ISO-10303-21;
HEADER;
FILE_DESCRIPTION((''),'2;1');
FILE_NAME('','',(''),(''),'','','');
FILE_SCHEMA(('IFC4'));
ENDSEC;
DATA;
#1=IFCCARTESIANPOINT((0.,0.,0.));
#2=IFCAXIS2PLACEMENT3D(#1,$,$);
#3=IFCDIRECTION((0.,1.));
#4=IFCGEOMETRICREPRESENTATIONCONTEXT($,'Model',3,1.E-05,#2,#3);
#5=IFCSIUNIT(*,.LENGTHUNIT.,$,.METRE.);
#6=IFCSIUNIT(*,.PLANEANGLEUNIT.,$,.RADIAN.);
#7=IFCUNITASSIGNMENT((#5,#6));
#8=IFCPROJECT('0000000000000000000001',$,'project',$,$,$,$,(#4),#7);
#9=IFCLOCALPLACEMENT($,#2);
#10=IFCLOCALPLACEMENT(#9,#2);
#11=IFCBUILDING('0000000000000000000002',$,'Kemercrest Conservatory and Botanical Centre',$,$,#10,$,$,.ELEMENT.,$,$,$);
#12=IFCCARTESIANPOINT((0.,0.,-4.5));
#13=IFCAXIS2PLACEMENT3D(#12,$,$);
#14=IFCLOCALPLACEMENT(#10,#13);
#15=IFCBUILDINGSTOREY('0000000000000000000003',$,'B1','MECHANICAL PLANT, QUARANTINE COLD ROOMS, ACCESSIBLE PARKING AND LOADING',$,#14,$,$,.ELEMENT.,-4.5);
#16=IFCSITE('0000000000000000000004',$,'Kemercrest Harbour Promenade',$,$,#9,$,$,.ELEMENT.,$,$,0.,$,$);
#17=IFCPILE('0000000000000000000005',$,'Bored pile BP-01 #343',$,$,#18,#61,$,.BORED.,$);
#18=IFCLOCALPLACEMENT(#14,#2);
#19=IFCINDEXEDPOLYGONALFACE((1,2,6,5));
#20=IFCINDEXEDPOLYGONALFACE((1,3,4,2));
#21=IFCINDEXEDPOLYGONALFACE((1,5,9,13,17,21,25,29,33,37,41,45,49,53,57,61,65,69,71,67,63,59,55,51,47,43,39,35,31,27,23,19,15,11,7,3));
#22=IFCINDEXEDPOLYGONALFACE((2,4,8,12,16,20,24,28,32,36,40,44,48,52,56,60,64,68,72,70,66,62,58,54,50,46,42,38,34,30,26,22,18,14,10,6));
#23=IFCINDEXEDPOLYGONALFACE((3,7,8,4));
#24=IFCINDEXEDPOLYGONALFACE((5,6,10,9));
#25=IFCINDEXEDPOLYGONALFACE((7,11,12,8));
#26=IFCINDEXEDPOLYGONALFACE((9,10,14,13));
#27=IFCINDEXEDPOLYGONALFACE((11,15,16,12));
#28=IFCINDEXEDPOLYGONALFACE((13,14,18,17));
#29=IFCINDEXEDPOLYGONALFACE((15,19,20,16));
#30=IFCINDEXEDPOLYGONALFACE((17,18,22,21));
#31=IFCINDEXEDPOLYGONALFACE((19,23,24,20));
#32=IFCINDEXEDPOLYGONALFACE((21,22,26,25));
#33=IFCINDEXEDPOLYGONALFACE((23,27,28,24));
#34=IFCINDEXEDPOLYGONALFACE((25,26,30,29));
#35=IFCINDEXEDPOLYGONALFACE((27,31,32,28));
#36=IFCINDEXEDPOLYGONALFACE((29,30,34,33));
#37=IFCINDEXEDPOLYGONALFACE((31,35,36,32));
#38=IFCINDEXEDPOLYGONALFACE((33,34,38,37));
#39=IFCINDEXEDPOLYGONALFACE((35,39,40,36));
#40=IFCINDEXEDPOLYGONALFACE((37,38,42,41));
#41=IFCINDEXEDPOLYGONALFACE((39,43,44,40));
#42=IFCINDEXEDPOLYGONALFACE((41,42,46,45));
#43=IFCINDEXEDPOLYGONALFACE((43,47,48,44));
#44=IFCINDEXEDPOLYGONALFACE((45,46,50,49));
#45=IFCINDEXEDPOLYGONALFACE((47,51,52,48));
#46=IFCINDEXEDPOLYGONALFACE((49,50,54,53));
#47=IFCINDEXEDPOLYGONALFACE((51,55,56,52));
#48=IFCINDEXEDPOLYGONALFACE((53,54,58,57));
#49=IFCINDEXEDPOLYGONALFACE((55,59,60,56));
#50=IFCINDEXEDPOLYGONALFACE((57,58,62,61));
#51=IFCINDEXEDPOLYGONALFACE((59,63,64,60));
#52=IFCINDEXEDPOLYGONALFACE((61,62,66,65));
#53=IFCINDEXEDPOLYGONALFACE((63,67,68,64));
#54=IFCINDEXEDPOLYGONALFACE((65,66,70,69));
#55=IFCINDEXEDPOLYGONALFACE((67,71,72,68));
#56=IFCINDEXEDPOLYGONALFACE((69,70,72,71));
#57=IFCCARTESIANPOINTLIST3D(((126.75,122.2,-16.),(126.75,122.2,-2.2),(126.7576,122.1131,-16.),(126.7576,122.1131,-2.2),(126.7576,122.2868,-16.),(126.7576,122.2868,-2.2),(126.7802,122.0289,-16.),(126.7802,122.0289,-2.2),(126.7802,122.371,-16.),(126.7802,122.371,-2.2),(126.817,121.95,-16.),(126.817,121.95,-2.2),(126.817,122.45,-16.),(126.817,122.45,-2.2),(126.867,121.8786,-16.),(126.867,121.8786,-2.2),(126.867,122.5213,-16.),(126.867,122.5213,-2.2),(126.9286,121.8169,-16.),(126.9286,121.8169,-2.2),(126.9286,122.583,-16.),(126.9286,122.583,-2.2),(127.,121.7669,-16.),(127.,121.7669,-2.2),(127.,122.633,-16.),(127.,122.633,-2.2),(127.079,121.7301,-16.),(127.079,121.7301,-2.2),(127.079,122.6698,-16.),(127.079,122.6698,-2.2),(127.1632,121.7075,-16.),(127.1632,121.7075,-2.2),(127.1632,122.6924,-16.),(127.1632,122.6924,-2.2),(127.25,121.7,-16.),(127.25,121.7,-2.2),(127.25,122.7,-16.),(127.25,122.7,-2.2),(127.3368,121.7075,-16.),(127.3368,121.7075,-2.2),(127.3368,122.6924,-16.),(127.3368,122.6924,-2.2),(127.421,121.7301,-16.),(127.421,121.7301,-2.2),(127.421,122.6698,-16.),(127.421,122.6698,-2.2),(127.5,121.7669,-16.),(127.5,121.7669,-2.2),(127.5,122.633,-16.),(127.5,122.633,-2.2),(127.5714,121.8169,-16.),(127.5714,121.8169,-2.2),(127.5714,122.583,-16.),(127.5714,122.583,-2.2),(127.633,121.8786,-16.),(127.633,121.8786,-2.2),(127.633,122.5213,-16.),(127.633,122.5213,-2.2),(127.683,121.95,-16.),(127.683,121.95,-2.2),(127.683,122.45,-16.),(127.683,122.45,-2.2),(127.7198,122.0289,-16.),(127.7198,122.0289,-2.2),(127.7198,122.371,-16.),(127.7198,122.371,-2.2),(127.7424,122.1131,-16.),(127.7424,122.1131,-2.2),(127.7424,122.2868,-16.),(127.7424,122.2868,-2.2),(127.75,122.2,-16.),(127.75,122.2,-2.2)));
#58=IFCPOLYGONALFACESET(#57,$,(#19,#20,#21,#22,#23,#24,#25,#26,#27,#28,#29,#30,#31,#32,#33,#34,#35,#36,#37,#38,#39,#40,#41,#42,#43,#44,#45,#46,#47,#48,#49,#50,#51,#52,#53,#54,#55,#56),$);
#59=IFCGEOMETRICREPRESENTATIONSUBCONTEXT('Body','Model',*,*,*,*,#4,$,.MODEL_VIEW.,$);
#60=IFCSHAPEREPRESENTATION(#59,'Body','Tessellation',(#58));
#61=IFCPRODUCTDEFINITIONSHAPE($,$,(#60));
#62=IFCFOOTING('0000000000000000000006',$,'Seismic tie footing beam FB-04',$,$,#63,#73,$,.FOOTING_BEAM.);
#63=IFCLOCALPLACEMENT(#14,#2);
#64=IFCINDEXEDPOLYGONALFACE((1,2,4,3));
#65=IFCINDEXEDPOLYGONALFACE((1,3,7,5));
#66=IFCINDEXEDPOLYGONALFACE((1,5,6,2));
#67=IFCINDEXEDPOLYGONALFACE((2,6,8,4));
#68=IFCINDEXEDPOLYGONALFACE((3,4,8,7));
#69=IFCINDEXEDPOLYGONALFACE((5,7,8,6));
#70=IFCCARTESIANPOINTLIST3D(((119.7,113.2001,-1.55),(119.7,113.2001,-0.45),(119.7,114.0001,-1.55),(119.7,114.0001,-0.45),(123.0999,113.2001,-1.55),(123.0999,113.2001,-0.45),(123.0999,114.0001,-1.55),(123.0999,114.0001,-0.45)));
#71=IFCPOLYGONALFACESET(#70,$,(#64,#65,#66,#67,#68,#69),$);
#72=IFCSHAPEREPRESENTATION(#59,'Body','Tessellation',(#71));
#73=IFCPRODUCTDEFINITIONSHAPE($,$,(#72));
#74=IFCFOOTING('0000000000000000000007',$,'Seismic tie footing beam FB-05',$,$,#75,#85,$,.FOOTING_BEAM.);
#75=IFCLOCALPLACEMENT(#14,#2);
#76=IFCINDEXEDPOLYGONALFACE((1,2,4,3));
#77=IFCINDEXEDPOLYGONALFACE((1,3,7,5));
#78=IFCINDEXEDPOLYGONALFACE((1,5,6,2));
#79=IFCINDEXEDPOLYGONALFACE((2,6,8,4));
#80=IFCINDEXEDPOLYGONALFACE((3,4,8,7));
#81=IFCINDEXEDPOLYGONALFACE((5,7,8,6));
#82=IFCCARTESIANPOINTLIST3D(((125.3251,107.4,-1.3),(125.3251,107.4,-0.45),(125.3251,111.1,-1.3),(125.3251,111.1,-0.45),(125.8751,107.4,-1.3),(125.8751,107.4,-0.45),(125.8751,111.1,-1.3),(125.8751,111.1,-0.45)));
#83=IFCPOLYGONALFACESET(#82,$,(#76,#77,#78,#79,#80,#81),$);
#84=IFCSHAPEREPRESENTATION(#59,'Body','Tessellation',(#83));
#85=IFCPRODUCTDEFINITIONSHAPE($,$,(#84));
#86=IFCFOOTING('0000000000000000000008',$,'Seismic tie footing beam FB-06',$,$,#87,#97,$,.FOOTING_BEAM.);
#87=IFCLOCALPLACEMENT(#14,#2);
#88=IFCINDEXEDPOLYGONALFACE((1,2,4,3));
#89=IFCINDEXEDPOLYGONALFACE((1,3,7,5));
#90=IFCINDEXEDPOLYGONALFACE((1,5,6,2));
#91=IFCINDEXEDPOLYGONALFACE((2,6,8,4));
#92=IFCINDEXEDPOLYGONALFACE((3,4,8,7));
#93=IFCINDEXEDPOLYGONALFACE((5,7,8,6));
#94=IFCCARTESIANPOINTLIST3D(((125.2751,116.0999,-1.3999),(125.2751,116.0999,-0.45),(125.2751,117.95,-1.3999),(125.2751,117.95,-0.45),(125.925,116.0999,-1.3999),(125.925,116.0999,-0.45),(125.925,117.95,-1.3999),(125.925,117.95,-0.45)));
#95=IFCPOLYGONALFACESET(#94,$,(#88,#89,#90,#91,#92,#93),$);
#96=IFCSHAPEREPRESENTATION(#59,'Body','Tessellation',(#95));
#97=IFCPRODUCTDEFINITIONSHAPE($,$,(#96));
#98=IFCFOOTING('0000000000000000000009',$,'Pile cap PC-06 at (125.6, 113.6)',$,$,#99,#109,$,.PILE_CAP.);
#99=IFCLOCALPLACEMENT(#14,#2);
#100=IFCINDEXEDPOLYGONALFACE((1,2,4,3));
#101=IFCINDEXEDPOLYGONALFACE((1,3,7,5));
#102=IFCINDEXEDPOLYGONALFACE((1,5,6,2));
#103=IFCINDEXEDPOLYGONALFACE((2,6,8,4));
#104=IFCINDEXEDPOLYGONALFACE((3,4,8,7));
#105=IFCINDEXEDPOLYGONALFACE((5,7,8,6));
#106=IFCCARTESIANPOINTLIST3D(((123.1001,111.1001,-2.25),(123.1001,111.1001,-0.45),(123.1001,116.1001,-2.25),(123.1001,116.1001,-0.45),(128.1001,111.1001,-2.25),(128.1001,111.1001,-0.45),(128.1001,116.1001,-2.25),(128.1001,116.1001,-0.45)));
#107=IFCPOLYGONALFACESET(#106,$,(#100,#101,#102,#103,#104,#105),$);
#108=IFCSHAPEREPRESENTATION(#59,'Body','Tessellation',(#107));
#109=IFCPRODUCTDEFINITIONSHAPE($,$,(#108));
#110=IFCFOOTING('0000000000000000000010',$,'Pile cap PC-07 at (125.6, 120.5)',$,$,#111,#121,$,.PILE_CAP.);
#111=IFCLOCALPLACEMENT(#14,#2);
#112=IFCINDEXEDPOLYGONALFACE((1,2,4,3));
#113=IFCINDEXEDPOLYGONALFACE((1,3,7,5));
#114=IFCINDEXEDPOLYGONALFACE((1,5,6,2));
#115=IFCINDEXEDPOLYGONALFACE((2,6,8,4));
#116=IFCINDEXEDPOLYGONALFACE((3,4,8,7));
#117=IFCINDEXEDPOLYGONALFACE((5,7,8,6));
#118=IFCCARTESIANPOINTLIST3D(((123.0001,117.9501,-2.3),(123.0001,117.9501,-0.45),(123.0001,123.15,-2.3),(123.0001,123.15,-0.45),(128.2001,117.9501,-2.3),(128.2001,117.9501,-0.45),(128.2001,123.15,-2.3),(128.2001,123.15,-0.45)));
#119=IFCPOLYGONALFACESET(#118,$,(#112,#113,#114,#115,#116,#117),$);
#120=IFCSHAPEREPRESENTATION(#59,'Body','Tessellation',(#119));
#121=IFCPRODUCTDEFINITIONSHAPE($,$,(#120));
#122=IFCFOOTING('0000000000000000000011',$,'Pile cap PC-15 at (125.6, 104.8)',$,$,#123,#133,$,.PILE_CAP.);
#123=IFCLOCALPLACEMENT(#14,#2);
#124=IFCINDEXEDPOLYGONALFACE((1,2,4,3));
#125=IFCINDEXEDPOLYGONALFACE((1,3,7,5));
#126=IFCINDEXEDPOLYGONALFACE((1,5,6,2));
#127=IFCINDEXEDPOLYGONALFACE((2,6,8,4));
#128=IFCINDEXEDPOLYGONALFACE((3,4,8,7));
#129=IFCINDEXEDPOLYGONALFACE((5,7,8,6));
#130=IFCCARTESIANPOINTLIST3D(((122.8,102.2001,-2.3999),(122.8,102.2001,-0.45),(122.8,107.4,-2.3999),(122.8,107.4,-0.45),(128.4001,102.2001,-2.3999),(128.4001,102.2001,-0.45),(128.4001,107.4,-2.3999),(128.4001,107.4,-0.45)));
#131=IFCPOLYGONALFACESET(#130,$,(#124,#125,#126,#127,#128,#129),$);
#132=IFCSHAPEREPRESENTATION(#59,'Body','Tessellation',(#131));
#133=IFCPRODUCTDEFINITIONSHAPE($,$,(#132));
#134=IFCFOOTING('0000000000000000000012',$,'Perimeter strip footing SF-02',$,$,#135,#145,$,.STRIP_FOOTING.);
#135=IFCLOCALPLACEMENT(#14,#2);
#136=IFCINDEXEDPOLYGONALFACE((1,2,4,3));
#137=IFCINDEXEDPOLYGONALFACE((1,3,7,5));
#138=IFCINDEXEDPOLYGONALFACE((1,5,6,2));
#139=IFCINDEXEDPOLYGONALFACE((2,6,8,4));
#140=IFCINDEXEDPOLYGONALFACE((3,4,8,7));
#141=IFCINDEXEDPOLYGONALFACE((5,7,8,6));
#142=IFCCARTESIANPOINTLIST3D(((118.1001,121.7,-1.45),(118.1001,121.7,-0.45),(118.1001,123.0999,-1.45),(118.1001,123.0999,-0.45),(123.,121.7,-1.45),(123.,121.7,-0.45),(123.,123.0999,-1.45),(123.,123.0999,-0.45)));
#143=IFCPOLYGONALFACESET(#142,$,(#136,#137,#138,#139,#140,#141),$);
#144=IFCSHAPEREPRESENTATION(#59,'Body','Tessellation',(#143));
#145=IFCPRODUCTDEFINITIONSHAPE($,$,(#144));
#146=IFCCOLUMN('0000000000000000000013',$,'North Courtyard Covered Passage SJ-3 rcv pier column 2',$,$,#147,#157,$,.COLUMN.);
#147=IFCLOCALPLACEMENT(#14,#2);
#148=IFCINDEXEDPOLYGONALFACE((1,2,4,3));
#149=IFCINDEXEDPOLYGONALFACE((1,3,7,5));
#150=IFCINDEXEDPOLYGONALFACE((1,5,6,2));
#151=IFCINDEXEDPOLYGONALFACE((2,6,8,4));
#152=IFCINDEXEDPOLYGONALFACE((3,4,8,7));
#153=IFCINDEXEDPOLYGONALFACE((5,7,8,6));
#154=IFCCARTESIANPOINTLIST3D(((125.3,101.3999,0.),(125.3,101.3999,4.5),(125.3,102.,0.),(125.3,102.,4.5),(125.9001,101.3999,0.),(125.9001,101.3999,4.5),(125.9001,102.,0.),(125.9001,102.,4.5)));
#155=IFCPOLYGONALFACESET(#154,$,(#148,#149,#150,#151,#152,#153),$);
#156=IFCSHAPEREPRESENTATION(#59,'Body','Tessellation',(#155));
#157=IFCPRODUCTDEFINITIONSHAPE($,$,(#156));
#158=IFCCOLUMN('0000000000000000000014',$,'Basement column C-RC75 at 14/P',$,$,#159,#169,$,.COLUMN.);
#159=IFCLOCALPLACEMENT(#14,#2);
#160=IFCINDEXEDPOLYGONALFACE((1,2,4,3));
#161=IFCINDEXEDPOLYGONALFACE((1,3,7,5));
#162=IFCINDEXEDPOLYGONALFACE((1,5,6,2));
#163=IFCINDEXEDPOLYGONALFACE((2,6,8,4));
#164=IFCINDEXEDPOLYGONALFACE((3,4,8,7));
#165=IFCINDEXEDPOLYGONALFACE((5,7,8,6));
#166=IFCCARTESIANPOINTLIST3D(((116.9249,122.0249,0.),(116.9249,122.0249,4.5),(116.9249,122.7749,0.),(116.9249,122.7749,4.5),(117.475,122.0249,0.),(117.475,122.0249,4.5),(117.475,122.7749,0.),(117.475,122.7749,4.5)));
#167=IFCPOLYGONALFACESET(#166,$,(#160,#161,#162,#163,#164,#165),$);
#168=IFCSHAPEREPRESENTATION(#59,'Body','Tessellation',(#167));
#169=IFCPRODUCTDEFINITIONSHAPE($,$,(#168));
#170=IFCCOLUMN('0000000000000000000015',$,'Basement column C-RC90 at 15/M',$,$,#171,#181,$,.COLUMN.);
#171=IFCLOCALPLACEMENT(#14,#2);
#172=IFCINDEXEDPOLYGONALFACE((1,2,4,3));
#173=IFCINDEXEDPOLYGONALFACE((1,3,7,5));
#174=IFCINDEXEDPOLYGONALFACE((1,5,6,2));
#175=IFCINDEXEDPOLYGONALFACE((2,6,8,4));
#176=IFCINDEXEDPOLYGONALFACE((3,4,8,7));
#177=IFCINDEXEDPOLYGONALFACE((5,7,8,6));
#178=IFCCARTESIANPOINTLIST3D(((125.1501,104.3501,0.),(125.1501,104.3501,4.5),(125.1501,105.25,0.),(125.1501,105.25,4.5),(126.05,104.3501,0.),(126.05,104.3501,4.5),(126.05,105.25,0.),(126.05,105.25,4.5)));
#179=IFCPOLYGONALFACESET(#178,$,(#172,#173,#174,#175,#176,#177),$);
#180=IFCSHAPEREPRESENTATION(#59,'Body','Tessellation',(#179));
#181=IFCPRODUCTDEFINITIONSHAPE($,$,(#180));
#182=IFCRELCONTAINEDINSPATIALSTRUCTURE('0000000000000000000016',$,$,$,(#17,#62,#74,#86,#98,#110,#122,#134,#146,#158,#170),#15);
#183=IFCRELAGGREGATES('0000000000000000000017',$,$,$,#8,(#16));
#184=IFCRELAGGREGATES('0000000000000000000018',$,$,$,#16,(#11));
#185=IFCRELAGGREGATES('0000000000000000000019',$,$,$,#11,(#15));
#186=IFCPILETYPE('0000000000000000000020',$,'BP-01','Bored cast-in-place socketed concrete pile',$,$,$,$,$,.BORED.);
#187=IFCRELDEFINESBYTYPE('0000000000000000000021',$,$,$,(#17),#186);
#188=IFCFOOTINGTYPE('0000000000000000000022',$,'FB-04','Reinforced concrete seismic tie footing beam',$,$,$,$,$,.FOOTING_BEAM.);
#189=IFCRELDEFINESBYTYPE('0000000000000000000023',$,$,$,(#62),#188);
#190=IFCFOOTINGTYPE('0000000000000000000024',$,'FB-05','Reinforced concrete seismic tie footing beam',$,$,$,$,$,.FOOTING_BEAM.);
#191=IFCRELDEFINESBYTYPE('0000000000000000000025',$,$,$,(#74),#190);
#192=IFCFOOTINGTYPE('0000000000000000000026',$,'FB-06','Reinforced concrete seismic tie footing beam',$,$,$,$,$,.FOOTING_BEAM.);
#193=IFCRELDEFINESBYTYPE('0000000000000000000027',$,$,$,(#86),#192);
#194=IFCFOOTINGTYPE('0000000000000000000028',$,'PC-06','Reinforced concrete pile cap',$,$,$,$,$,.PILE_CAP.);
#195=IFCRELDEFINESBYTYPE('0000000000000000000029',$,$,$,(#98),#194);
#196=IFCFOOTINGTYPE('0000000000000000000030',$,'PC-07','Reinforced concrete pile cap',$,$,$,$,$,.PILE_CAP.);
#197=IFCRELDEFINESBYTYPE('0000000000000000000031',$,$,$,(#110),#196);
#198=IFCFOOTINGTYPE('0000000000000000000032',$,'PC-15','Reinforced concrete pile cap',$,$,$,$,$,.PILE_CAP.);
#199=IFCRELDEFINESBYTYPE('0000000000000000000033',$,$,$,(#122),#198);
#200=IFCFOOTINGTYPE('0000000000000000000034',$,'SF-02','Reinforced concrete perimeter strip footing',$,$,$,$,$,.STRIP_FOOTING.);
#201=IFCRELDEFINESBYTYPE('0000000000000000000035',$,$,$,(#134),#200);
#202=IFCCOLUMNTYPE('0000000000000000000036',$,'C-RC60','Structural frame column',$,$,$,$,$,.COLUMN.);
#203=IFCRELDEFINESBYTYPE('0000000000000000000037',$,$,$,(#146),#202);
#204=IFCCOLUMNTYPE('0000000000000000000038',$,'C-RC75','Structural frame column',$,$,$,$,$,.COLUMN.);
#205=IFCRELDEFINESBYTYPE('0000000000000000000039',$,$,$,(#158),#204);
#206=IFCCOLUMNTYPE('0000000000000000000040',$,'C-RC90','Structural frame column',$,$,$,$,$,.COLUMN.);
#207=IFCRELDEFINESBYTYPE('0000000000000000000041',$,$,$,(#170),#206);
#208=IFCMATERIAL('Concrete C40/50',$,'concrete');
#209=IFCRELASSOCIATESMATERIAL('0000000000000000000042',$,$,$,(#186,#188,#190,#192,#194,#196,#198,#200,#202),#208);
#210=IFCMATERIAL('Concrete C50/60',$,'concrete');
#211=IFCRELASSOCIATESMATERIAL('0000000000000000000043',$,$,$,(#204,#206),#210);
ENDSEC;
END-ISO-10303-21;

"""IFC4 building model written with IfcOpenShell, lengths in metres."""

from ifc_helpers import new_model, si_unit, direction, frame, origin, origin_2d, place, context, subcontext, project, spatial, rectangle, circle, extrude, material, material_profile, profile_set, type_object, element, save


model = new_model("IFC4")

# Units and contexts
model_context = context("Model", 3, precision=1e-05, world=origin(), true_north=direction((0.0, 1.0)))
body_context = subcontext(model_context, "Body", "Model", "MODEL_VIEW")
ifc_project = project(units=[si_unit("LENGTHUNIT", "METRE"), si_unit("PLANEANGLEUNIT", "RADIAN")], contexts=[model_context])

# Site, building, storey
site_placement = place(None, origin())
site = spatial("IfcSite", under=ifc_project, at=site_placement, Name="Kemercrest Harbour Promenade", CompositionType="ELEMENT", RefElevation=0.0)
building_placement = place(site_placement, origin())
building = spatial("IfcBuilding", under=site, at=building_placement, Name="Kemercrest Conservatory and Botanical Centre", CompositionType="ELEMENT")
storey_placement = place(building_placement, frame((0.0, 0.0, -4.5)))
storey = spatial("IfcBuildingStorey", under=building, at=storey_placement, Name="B1", Description="MECHANICAL PLANT, QUARANTINE COLD ROOMS, ACCESSIBLE PARKING AND LOADING", CompositionType="ELEMENT", Elevation=-4.5)

# Pile
ifc_material_1 = material(Name="Concrete C40/50", Category="concrete")
ifc_material_profile_1 = material_profile(ifc_material_1, circle(Radius=0.5, at=origin_2d()), Name="BORED PILE 1000")
ifc_profile_set_1 = profile_set([ifc_material_profile_1], Name="Concrete C40/50")
pile_type = type_object("IfcPileType", Name="BP-01", Description="Bored cast-in-place socketed concrete pile", PredefinedType="BORED", material=ifc_profile_set_1)
for number, where, z_axis, x_axis, name in (
    (1, (127.25, 122.2, -2.2), (0.0, 0.0, -1.0), (1.0, 0.0, 0.0), "Bored pile BP-01 #343"),
):
    element("IfcPile", number, at=place(storey_placement, frame(where, z_axis=z_axis, x_axis=x_axis)), inside=storey, type_object=pile_type, Name=name, PredefinedType="BORED", context=body_context, shape_type="SweptSolid", body=[
        extrude(circle(Radius=0.5, at=origin_2d()), origin(), (0.0, 0.0, 1.0), 13.8),
    ])

# Footings
footing_type_1 = type_object("IfcFootingType", Name="FB-04", Description="Reinforced concrete seismic tie footing beam", PredefinedType="FOOTING_BEAM", material=ifc_material_1)
footing_1_placement = place(storey_placement, frame((121.3999, 113.6001, -1.55), z_axis=(0.0, 0.0, 1.0), x_axis=(1.0, 0.0, 0.0)))
element("IfcFooting", 2, at=footing_1_placement, inside=storey, type_object=footing_type_1, Name="Seismic tie footing beam FB-04", PredefinedType="FOOTING_BEAM", context=body_context, shape_type="SweptSolid", body=[
    extrude(rectangle(XDim=3.3999, YDim=0.8, at=origin_2d()), origin(), (0.0, 0.0, 1.0), 1.1001),
])
footing_type_2 = type_object("IfcFootingType", Name="FB-05", Description="Reinforced concrete seismic tie footing beam", PredefinedType="FOOTING_BEAM", material=ifc_material_1)
footing_2_placement = place(storey_placement, frame((125.6001, 109.25, -1.3), z_axis=(0.0, 0.0, 1.0), x_axis=(1.0, 0.0, 0.0)))
element("IfcFooting", 3, at=footing_2_placement, inside=storey, type_object=footing_type_2, Name="Seismic tie footing beam FB-05", PredefinedType="FOOTING_BEAM", context=body_context, shape_type="SweptSolid", body=[
    extrude(rectangle(XDim=0.55, YDim=3.7, at=origin_2d()), origin(), (0.0, 0.0, 1.0), 0.8501),
])
footing_type_3 = type_object("IfcFootingType", Name="FB-06", Description="Reinforced concrete seismic tie footing beam", PredefinedType="FOOTING_BEAM", material=ifc_material_1)
footing_3_placement = place(storey_placement, frame((125.6001, 117.0249, -1.3999), z_axis=(0.0, 0.0, 1.0), x_axis=(1.0, 0.0, 0.0)))
element("IfcFooting", 4, at=footing_3_placement, inside=storey, type_object=footing_type_3, Name="Seismic tie footing beam FB-06", PredefinedType="FOOTING_BEAM", context=body_context, shape_type="SweptSolid", body=[
    extrude(rectangle(XDim=0.6499, YDim=1.8501, at=origin_2d()), origin(), (0.0, 0.0, 1.0), 0.95),
])
footing_type_4 = type_object("IfcFootingType", Name="PC-06", Description="Reinforced concrete pile cap", PredefinedType="PILE_CAP", material=ifc_material_1)
footing_4_placement = place(storey_placement, frame((125.6001, 113.6001, -2.25), z_axis=(0.0, 0.0, 1.0), x_axis=(1.0, 0.0, 0.0)))
element("IfcFooting", 5, at=footing_4_placement, inside=storey, type_object=footing_type_4, Name="Pile cap PC-06 at (125.6, 113.6)", PredefinedType="PILE_CAP", context=body_context, shape_type="SweptSolid", body=[
    extrude(rectangle(XDim=5.0, YDim=5.0, at=origin_2d()), origin(), (0.0, 0.0, 1.0), 1.8),
])
footing_type_5 = type_object("IfcFootingType", Name="PC-07", Description="Reinforced concrete pile cap", PredefinedType="PILE_CAP", material=ifc_material_1)
footing_5_placement = place(storey_placement, frame((125.6001, 120.55, -2.3), z_axis=(0.0, 0.0, 1.0), x_axis=(1.0, 0.0, 0.0)))
element("IfcFooting", 6, at=footing_5_placement, inside=storey, type_object=footing_type_5, Name="Pile cap PC-07 at (125.6, 120.5)", PredefinedType="PILE_CAP", context=body_context, shape_type="SweptSolid", body=[
    extrude(rectangle(XDim=5.2, YDim=5.2, at=origin_2d()), origin(), (0.0, 0.0, 1.0), 1.8501),
])
footing_type_6 = type_object("IfcFootingType", Name="PC-15", Description="Reinforced concrete pile cap", PredefinedType="PILE_CAP", material=ifc_material_1)
footing_6_placement = place(storey_placement, frame((125.6001, 104.8, -2.3999), z_axis=(0.0, 0.0, 1.0), x_axis=(1.0, 0.0, 0.0)))
element("IfcFooting", 7, at=footing_6_placement, inside=storey, type_object=footing_type_6, Name="Pile cap PC-15 at (125.6, 104.8)", PredefinedType="PILE_CAP", context=body_context, shape_type="SweptSolid", body=[
    extrude(rectangle(XDim=5.6001, YDim=5.2, at=origin_2d()), origin(), (0.0, 0.0, 1.0), 1.95),
])
footing_type_7 = type_object("IfcFootingType", Name="SF-02", Description="Reinforced concrete perimeter strip footing", PredefinedType="STRIP_FOOTING", material=ifc_material_1)
footing_7_placement = place(storey_placement, frame((120.55, 122.3999, -1.45), z_axis=(0.0, 0.0, 1.0), x_axis=(1.0, 0.0, 0.0)))
element("IfcFooting", 8, at=footing_7_placement, inside=storey, type_object=footing_type_7, Name="Perimeter strip footing SF-02", PredefinedType="STRIP_FOOTING", context=body_context, shape_type="SweptSolid", body=[
    extrude(rectangle(XDim=4.8999, YDim=1.3999, at=origin_2d()), origin(), (0.0, 0.0, 1.0), 1.0),
])

# Columns
ifc_material_profile_2 = material_profile(ifc_material_1, rectangle(XDim=0.6001, YDim=0.6001, at=origin_2d()), Name="RC 600x600")
ifc_profile_set_2 = profile_set([ifc_material_profile_2], Name="Concrete C40/50")
column_type_1 = type_object("IfcColumnType", Name="C-RC60", Description="Structural frame column", PredefinedType="COLUMN", material=ifc_profile_set_2)
column_1_placement = place(storey_placement, frame((125.6001, 101.7, 0.0), z_axis=(0.0, 0.0, 1.0), x_axis=(1.0, 0.0, 0.0)))
element("IfcColumn", 9, at=column_1_placement, inside=storey, type_object=column_type_1, Name="North Courtyard Covered Passage SJ-3 rcv pier column 2", PredefinedType="COLUMN", context=body_context, shape_type="SweptSolid", body=[
    extrude(rectangle(XDim=0.6001, YDim=0.6001, at=origin_2d()), origin(), (0.0, 0.0, 1.0), 4.5),
])
ifc_material_2 = material(Name="Concrete C50/60", Category="concrete")
ifc_material_profile_3 = material_profile(ifc_material_2, rectangle(XDim=0.55, YDim=0.75, at=origin_2d()), Name="RC 750x550")
ifc_profile_set_3 = profile_set([ifc_material_profile_3], Name="Concrete C50/60")
column_type_2 = type_object("IfcColumnType", Name="C-RC75", Description="Structural frame column", PredefinedType="COLUMN", material=ifc_profile_set_3)
column_2_placement = place(storey_placement, frame((117.2, 122.3999, 0.0), z_axis=(0.0, 0.0, 1.0), x_axis=(1.0, 0.0, 0.0)))
element("IfcColumn", 10, at=column_2_placement, inside=storey, type_object=column_type_2, Name="Basement column C-RC75 at 14/P", PredefinedType="COLUMN", context=body_context, shape_type="SweptSolid", body=[
    extrude(rectangle(XDim=0.55, YDim=0.75, at=origin_2d()), origin(), (0.0, 0.0, 1.0), 4.5),
])
ifc_material_profile_4 = material_profile(ifc_material_2, rectangle(XDim=0.8999, YDim=0.8999, at=origin_2d()), Name="RC 900x900")
ifc_profile_set_4 = profile_set([ifc_material_profile_4], Name="Concrete C50/60")
column_type_3 = type_object("IfcColumnType", Name="C-RC90", Description="Structural frame column", PredefinedType="COLUMN", material=ifc_profile_set_4)
for number, where, z_axis, x_axis, name in (
    (11, (125.6001, 104.8, 0.0), (0.0, 0.0, 1.0), (1.0, 0.0, 0.0), "Basement column C-RC90 at 15/M"),
):
    element("IfcColumn", number, at=place(storey_placement, frame(where, z_axis=z_axis, x_axis=x_axis)), inside=storey, type_object=column_type_3, Name=name, PredefinedType="COLUMN", context=body_context, shape_type="SweptSolid", body=[
        extrude(rectangle(XDim=0.8999, YDim=0.8999, at=origin_2d()), origin(), (0.0, 0.0, 1.0), 4.5),
    ])

save(model, "model.ifc")
